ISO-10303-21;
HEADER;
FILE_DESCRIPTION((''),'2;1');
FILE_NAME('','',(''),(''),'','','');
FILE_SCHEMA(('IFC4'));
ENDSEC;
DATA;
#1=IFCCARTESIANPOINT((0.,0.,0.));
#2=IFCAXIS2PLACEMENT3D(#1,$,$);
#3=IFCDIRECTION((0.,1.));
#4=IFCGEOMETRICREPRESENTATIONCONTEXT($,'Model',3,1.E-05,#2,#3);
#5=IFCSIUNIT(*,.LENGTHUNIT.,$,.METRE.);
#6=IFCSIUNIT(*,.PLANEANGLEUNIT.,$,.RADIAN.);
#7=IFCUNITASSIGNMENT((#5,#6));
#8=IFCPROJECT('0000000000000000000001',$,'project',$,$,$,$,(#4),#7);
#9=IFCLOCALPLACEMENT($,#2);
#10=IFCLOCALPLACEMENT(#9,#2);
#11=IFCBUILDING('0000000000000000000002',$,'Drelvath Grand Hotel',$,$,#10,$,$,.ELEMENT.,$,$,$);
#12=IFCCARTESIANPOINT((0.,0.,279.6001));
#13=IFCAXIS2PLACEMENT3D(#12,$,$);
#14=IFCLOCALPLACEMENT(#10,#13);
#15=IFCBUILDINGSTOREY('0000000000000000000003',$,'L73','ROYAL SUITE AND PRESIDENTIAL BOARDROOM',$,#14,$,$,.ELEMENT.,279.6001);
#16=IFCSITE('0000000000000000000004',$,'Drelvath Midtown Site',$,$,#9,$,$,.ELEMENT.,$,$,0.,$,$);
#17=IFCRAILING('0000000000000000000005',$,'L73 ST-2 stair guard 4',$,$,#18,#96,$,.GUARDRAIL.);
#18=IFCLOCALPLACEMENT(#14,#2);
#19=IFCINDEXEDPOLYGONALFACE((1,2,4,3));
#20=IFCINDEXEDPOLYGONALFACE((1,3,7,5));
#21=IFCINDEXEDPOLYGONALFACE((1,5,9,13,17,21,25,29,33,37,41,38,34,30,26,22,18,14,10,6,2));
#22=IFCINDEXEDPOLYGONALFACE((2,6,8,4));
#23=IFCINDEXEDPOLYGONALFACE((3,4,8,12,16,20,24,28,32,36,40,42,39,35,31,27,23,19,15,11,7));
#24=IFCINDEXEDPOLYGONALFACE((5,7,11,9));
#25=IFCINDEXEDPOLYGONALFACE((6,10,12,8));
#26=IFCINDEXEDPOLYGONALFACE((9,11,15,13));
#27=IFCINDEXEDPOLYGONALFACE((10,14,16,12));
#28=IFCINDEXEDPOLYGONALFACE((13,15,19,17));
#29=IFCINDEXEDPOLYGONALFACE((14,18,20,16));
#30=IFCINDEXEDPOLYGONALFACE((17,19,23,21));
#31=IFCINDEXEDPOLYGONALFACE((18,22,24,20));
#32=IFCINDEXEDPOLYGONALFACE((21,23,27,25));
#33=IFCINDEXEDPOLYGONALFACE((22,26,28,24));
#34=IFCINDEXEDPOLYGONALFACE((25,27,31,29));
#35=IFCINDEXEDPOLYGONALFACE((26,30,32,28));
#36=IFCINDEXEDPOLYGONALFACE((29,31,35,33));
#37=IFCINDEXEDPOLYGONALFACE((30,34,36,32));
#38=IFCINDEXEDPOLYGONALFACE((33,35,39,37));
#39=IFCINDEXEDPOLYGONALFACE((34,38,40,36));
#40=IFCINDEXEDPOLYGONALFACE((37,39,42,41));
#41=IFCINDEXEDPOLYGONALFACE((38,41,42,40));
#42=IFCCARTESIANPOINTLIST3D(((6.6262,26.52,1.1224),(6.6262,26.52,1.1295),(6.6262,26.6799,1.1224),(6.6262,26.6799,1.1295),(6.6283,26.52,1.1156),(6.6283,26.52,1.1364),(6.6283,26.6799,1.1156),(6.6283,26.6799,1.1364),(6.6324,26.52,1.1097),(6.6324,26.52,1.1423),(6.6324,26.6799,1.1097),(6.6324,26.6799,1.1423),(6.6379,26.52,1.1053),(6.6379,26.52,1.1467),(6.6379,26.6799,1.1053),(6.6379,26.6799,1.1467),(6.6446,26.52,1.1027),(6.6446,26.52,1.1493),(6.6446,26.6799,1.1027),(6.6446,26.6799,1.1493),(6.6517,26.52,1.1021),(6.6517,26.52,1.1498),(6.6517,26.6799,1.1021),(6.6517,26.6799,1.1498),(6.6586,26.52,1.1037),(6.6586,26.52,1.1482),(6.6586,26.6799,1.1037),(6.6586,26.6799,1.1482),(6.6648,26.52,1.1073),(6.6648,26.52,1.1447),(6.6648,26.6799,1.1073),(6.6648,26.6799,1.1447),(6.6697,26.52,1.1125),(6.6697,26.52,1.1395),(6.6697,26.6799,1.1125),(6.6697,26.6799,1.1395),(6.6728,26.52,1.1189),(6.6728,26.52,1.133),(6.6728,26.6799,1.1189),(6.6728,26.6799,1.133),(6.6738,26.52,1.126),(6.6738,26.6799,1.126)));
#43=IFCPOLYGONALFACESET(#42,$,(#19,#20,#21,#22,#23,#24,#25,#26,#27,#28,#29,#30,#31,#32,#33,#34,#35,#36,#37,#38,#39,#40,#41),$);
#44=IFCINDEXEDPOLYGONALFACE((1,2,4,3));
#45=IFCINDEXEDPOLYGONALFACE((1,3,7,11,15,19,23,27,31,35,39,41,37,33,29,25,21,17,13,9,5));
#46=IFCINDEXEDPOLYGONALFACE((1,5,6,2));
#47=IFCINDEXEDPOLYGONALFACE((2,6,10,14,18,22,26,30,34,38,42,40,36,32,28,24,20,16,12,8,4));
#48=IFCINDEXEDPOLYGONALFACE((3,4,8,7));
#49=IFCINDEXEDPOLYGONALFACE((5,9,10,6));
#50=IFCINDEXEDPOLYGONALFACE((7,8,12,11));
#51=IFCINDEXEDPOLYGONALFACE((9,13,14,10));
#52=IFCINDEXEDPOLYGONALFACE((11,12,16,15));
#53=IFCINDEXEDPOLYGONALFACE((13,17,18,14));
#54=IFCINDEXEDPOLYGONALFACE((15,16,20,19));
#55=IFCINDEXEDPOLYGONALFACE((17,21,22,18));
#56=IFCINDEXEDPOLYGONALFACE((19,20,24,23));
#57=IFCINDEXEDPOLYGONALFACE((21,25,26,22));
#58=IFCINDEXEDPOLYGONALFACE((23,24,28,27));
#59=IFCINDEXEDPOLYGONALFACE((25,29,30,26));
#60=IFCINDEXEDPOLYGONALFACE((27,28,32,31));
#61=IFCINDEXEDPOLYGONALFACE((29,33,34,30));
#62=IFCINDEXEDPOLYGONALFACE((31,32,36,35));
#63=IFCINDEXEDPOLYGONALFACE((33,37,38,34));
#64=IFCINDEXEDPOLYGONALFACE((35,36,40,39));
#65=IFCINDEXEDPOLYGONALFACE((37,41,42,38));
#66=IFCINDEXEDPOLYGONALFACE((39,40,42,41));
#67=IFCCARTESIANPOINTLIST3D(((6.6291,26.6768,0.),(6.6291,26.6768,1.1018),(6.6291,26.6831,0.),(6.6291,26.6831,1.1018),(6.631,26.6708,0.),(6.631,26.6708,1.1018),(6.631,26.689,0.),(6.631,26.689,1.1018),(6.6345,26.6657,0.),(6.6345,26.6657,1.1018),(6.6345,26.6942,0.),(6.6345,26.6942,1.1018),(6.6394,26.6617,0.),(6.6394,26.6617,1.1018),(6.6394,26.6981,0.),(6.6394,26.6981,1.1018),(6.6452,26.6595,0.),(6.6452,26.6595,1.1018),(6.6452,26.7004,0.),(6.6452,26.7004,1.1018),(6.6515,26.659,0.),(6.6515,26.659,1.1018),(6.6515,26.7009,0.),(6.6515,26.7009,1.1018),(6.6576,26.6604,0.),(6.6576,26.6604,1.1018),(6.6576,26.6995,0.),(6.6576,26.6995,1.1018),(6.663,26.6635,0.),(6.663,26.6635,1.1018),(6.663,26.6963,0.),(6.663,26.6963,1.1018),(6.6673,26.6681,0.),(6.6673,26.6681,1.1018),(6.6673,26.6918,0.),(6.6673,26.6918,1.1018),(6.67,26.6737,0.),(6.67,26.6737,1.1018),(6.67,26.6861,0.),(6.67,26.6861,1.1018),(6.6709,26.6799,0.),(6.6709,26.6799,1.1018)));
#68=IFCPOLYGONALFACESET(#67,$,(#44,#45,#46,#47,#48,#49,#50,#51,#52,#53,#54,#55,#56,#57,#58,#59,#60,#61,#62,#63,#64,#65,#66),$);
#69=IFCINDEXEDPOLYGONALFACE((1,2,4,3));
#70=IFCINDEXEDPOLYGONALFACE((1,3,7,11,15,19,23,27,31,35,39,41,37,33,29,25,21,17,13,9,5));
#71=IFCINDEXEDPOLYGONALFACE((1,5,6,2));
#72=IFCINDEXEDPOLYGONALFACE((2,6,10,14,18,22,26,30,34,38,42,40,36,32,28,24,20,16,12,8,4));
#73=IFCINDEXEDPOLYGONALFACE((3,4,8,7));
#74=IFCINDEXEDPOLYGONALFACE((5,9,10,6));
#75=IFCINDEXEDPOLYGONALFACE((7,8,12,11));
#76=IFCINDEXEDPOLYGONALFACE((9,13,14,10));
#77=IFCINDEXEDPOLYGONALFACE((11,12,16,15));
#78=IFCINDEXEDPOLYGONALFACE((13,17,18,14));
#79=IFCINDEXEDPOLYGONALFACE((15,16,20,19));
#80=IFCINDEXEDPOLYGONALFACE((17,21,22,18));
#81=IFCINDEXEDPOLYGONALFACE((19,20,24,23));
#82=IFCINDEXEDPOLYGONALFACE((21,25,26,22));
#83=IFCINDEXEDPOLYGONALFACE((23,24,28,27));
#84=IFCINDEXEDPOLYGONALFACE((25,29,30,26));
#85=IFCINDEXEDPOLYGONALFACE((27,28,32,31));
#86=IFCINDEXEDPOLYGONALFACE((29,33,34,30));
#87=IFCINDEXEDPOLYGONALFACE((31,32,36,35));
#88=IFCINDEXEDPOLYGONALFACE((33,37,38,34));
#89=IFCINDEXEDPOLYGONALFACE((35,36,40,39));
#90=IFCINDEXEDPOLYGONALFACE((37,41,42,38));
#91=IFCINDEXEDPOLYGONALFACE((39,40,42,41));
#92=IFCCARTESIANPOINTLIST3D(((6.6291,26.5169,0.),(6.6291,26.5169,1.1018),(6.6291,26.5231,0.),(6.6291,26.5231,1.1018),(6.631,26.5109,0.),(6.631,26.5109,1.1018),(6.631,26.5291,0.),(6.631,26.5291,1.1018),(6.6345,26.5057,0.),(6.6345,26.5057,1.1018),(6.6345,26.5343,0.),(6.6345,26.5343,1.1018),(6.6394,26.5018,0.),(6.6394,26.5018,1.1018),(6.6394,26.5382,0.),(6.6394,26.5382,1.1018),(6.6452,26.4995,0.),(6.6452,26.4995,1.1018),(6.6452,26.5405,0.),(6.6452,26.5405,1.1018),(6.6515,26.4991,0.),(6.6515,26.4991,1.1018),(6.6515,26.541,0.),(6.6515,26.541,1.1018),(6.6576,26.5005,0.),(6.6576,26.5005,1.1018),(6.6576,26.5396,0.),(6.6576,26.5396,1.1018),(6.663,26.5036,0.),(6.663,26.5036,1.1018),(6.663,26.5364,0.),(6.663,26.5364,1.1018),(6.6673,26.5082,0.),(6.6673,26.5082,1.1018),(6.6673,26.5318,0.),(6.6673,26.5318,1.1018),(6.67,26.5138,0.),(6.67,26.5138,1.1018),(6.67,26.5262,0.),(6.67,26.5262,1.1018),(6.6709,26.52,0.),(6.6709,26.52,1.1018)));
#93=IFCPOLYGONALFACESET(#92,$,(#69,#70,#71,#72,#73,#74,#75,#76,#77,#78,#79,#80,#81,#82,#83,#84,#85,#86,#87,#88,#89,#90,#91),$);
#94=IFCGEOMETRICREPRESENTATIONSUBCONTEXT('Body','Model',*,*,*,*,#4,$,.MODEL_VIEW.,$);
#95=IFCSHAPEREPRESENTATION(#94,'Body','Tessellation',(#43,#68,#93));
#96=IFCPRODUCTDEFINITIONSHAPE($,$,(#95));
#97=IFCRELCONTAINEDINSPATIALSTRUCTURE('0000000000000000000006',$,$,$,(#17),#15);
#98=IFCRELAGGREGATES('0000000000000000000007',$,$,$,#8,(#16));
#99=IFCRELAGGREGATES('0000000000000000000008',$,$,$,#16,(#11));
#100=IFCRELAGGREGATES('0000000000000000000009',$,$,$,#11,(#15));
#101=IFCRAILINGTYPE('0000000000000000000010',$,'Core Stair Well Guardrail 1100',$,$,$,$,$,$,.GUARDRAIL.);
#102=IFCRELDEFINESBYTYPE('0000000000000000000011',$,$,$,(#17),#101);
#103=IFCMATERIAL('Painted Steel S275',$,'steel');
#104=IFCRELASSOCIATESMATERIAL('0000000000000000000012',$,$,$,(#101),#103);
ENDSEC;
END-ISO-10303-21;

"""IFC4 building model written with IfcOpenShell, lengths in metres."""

from ifc_helpers import new_model, si_unit, direction, frame, origin, origin_2d, place, context, subcontext, project, spatial, circle, extrude, material, type_object, element, save


model = new_model("IFC4")

# Units and contexts
model_context = context("Model", 3, precision=1e-05, world=origin(), true_north=direction((0.0, 1.0)))
body_context = subcontext(model_context, "Body", "Model", "MODEL_VIEW")
ifc_project = project(units=[si_unit("LENGTHUNIT", "METRE"), si_unit("PLANEANGLEUNIT", "RADIAN")], contexts=[model_context])

# Site, building, storey
site_placement = place(None, origin())
site = spatial("IfcSite", under=ifc_project, at=site_placement, Name="Drelvath Midtown Site", CompositionType="ELEMENT", RefElevation=0.0)
building_placement = place(site_placement, origin())
building = spatial("IfcBuilding", under=site, at=building_placement, Name="Drelvath Grand Hotel", CompositionType="ELEMENT")
storey_placement = place(building_placement, frame((0.0, 0.0, 279.6001)))
storey = spatial("IfcBuildingStorey", under=building, at=storey_placement, Name="L73", Description="ROYAL SUITE AND PRESIDENTIAL BOARDROOM", CompositionType="ELEMENT", Elevation=279.6001)

# Railing
ifc_material_1 = material(Name="Painted Steel S275", Category="steel")
railing_type_1 = type_object("IfcRailingType", Name="Core Stair Well Guardrail 1100", PredefinedType="GUARDRAIL", material=ifc_material_1)
railing_1_placement = place(storey_placement, frame((6.6499, 26.6799, 0.0)))
element("IfcRailing", 1, at=railing_1_placement, inside=storey, type_object=railing_type_1, Name="L73 ST-2 stair guard 4", PredefinedType="GUARDRAIL", context=body_context, shape_type="SweptSolid", body=[
    extrude(circle(Radius=0.0239, at=origin_2d()), frame((0.0, 0.0, 1.126), z_axis=(0.0, -1.0, 0.0), x_axis=(1.0, 0.0, 0.0)), (0.0, 0.0, 1.0), 0.1599),
    extrude(circle(Radius=0.021, at=origin_2d()), origin(), (0.0, 0.0, 1.0), 1.1018),
    extrude(circle(Radius=0.021, at=origin_2d()), frame((0.0, -0.1599, 0.0)), (0.0, 0.0, 1.0), 1.1018),
])

save(model, "model.ifc")
